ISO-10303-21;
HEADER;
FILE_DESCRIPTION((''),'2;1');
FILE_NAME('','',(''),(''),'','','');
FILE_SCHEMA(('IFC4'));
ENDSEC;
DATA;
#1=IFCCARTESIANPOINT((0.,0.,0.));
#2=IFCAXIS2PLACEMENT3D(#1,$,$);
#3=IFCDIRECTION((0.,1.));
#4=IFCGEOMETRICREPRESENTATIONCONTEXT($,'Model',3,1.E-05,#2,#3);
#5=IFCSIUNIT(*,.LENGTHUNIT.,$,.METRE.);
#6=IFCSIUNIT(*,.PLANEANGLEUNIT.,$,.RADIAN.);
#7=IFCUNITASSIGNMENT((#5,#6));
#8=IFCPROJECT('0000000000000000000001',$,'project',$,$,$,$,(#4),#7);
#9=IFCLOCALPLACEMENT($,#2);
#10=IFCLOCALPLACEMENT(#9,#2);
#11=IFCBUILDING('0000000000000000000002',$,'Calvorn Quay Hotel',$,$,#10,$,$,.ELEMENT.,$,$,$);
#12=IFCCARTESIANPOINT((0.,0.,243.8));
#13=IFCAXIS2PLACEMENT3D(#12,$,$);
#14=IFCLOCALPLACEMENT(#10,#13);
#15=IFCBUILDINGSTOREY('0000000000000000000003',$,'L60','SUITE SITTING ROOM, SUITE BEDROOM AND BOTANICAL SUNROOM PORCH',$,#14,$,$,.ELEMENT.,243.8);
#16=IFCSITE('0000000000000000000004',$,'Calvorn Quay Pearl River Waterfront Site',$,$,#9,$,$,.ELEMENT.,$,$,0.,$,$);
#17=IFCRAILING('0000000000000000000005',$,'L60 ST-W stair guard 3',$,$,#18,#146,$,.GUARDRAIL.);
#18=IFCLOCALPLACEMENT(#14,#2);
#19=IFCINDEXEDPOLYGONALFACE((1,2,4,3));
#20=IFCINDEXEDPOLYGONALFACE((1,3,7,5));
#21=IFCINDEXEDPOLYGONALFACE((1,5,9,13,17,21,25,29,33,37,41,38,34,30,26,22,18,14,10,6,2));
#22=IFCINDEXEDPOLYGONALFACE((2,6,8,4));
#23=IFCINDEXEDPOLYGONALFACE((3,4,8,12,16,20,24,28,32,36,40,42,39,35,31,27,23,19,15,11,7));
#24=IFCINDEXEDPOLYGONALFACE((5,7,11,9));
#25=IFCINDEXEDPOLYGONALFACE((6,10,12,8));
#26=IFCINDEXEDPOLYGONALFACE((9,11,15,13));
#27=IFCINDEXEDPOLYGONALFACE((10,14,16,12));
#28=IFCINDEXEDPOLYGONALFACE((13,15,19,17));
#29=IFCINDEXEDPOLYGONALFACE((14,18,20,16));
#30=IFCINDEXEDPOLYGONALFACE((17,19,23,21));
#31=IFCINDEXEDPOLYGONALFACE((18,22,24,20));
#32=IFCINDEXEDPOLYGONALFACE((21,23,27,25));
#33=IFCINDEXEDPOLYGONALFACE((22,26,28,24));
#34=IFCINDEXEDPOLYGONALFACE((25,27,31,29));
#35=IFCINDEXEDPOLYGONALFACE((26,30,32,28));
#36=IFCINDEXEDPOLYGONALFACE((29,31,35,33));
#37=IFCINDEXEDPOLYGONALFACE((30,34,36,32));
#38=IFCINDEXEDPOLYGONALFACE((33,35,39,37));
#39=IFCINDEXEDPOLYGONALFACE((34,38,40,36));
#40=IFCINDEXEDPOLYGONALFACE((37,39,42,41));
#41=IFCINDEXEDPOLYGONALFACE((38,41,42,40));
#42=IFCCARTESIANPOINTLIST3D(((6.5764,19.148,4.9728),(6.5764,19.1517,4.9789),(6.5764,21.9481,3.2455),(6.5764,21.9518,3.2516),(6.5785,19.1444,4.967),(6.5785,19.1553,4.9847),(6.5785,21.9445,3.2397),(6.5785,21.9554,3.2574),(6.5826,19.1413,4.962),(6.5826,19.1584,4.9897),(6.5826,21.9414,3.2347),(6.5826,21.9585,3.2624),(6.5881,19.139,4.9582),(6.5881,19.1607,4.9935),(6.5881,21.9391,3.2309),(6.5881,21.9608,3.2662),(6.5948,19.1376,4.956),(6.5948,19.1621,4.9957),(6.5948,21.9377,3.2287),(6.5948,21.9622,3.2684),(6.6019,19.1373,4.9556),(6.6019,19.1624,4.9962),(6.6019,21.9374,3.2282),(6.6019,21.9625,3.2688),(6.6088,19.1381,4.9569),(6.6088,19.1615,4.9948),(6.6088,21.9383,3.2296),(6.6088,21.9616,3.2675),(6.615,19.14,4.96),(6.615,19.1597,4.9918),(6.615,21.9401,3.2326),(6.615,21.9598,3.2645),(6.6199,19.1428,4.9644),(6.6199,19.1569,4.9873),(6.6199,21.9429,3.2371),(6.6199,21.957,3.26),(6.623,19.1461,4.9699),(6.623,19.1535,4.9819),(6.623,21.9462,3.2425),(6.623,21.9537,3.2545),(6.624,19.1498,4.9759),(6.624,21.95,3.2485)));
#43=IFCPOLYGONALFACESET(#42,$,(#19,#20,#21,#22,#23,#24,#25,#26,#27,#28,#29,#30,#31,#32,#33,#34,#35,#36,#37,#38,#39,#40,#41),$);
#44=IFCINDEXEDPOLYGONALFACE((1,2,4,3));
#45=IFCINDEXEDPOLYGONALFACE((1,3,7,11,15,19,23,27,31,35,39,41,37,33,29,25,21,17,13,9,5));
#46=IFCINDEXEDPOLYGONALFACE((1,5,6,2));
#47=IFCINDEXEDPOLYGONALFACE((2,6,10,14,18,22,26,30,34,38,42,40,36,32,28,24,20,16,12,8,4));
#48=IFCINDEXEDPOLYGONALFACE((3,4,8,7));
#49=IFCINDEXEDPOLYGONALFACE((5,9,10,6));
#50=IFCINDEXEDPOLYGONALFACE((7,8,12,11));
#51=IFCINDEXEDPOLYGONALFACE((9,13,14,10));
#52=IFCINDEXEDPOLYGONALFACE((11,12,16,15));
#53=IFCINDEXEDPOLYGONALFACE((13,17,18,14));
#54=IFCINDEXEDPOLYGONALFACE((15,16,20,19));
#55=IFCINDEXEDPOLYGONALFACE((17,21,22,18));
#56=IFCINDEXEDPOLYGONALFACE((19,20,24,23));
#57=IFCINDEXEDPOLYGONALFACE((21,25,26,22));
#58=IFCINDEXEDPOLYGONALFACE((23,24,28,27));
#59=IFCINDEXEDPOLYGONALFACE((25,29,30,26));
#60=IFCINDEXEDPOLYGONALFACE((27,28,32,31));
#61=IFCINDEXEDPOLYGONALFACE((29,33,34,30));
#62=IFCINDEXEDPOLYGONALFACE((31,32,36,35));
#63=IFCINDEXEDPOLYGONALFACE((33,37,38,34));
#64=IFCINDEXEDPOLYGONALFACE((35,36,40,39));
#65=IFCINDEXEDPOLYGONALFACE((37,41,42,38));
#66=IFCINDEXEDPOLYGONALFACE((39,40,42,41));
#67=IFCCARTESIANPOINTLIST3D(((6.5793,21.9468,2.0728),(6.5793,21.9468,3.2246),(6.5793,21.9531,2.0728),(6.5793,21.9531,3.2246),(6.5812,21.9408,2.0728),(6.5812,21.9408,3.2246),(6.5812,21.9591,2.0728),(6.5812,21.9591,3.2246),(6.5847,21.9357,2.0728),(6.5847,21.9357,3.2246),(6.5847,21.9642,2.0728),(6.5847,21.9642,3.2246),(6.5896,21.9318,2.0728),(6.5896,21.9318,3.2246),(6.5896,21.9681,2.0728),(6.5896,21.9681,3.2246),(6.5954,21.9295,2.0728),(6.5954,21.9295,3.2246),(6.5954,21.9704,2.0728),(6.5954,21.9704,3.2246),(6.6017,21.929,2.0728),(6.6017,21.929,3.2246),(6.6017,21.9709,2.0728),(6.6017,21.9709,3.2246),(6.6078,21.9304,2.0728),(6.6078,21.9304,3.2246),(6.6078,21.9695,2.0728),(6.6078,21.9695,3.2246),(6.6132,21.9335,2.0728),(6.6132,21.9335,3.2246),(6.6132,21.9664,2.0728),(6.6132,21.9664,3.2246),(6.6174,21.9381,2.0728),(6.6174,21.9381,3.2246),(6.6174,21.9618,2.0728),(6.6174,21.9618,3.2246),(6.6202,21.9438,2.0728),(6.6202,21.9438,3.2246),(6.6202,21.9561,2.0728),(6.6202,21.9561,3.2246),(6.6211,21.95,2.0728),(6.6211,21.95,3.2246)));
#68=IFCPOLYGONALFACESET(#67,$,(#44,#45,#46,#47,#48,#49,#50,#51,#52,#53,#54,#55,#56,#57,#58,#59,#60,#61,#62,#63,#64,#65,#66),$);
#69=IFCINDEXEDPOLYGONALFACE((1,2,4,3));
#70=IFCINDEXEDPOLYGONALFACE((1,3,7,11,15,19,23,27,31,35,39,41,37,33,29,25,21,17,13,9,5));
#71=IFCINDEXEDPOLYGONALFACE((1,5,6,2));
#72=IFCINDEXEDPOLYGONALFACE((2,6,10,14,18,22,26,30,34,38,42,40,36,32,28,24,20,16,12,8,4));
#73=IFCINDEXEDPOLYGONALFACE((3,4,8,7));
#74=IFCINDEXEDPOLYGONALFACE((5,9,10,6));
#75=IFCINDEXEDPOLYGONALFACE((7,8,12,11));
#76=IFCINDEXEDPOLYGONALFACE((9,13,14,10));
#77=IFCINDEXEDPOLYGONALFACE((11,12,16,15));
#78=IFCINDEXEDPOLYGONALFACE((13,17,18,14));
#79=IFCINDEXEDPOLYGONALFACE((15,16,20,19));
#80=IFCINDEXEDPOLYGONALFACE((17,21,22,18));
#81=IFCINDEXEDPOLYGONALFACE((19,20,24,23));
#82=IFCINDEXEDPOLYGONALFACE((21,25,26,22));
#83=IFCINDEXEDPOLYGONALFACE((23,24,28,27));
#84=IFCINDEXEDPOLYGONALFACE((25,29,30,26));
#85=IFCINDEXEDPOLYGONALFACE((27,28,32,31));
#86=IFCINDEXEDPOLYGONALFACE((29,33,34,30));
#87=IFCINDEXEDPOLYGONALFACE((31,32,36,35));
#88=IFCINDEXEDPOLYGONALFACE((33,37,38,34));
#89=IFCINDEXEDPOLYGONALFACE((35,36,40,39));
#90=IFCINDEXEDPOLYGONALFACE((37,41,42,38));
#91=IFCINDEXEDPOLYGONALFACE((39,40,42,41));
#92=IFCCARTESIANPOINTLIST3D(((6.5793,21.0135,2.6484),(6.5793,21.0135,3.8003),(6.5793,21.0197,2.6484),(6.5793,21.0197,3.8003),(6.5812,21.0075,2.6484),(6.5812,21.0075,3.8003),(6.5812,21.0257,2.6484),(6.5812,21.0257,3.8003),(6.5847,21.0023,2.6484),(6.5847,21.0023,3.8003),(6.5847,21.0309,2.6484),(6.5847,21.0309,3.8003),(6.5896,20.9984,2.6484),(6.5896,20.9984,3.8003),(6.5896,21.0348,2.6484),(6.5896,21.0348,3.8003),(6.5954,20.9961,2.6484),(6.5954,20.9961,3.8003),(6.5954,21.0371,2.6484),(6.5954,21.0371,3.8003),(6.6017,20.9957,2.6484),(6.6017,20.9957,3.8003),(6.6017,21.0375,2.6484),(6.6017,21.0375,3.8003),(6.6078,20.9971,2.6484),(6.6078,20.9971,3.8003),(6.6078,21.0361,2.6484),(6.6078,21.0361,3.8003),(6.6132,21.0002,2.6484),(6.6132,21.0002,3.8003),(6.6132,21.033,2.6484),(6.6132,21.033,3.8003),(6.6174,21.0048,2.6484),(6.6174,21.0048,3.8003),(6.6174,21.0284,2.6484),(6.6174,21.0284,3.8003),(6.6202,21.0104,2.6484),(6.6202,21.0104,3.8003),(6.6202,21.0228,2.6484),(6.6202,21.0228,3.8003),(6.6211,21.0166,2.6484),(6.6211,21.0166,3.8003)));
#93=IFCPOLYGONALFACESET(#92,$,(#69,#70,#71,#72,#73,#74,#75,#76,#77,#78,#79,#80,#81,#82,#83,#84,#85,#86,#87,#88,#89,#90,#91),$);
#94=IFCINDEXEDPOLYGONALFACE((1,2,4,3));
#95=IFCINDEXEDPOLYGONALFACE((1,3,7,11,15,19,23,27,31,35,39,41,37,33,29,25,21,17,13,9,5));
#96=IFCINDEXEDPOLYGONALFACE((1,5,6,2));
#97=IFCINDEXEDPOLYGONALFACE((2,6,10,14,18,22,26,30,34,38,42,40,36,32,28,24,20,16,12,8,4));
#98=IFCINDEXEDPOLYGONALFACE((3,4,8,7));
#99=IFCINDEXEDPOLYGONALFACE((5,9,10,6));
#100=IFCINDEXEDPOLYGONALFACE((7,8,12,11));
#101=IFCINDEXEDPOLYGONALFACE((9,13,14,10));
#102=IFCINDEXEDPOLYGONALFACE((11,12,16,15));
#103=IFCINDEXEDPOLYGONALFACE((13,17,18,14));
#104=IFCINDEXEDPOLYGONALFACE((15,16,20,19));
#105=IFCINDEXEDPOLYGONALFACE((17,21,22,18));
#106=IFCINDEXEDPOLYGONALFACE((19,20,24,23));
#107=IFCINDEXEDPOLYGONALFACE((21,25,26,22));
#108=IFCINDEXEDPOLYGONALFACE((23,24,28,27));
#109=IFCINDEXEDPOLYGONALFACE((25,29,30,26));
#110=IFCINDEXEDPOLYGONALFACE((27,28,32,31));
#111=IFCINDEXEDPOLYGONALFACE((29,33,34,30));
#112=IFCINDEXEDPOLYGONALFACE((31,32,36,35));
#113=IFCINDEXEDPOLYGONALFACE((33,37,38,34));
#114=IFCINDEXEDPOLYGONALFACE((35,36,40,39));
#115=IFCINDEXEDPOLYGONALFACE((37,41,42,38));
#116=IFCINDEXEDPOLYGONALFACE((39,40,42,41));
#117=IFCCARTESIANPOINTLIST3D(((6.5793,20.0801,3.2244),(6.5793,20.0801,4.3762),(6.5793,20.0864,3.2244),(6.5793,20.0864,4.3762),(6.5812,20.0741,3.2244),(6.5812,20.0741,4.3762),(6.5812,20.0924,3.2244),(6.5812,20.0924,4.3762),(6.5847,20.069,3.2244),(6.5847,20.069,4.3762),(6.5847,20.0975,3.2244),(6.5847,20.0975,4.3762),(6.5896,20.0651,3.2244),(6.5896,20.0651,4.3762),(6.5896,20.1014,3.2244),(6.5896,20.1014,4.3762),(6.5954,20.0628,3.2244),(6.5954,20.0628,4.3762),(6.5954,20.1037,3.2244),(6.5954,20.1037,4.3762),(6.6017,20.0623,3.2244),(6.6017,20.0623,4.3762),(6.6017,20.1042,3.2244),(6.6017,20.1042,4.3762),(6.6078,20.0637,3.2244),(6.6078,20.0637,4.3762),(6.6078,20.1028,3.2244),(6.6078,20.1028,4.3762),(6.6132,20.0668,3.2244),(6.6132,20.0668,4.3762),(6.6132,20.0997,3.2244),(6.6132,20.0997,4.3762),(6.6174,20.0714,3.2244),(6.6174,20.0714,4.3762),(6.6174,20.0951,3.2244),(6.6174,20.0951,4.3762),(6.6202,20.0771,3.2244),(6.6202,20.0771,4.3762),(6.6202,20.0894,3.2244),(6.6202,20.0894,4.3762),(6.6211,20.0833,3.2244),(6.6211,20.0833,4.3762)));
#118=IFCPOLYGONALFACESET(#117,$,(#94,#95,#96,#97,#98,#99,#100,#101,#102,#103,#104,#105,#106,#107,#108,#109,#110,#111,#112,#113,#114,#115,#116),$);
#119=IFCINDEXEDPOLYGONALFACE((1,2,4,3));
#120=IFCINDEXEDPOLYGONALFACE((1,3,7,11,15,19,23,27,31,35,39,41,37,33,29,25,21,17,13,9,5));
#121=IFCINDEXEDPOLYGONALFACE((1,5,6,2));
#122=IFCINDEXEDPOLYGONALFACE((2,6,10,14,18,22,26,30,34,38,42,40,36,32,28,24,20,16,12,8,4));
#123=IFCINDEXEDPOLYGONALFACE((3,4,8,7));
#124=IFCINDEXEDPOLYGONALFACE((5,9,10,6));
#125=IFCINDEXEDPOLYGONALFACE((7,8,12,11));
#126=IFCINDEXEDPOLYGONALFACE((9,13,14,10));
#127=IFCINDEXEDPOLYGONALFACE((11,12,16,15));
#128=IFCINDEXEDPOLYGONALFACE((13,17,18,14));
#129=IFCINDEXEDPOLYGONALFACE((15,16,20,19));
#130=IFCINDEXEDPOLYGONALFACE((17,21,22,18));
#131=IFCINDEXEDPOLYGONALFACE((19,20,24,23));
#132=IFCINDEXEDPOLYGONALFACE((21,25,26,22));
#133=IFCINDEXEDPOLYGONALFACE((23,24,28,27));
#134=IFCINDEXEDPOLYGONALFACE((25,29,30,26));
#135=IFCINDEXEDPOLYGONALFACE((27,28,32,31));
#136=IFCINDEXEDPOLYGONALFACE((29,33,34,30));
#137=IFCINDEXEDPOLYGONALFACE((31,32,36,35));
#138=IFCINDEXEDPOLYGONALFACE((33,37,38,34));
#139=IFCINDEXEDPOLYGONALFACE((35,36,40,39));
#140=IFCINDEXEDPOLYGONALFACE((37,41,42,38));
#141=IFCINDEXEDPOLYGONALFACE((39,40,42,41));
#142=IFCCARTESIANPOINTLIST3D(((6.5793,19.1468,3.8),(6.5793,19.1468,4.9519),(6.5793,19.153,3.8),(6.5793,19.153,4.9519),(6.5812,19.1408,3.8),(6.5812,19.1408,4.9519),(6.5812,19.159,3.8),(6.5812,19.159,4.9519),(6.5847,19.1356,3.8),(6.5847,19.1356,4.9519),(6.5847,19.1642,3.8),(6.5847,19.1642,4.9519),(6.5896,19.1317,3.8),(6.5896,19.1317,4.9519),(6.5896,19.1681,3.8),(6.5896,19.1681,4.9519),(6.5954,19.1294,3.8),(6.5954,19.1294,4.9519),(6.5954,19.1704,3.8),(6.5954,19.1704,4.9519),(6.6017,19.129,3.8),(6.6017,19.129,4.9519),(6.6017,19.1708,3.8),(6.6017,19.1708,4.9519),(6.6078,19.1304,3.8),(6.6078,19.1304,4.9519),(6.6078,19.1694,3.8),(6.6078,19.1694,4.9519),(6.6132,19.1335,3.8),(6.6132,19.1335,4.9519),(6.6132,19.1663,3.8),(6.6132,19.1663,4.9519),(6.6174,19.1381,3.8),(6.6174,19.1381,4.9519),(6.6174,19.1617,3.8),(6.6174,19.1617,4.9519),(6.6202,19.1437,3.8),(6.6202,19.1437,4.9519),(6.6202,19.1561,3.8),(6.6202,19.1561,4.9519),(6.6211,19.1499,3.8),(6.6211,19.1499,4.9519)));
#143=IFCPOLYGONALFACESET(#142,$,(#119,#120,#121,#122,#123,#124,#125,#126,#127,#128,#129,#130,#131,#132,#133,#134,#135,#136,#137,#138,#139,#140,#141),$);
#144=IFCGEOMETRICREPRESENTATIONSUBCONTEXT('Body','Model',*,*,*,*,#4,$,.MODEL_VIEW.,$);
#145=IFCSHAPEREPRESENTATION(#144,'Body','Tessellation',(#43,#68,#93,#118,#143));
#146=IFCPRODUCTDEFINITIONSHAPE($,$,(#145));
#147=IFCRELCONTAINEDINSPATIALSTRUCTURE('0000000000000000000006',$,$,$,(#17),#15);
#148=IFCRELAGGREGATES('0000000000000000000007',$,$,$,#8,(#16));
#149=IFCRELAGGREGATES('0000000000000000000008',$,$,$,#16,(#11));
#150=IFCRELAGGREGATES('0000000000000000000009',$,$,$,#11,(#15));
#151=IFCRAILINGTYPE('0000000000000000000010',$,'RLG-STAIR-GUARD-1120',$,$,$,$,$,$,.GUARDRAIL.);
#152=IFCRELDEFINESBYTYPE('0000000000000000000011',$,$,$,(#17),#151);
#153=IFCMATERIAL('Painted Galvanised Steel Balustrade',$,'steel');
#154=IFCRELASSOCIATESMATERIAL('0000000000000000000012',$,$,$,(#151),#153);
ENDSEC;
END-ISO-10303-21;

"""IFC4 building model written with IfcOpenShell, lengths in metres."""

from ifc_helpers import new_model, si_unit, direction, frame, origin, origin_2d, place, context, subcontext, project, spatial, circle, extrude, material, type_object, element, save


model = new_model("IFC4")

# Units and contexts
model_context = context("Model", 3, precision=1e-05, world=origin(), true_north=direction((0.0, 1.0)))
body_context = subcontext(model_context, "Body", "Model", "MODEL_VIEW")
ifc_project = project(units=[si_unit("LENGTHUNIT", "METRE"), si_unit("PLANEANGLEUNIT", "RADIAN")], contexts=[model_context])

# Site, building, storey
site_placement = place(None, origin())
site = spatial("IfcSite", under=ifc_project, at=site_placement, Name="Calvorn Quay Pearl River Waterfront Site", CompositionType="ELEMENT", RefElevation=0.0)
building_placement = place(site_placement, origin())
building = spatial("IfcBuilding", under=site, at=building_placement, Name="Calvorn Quay Hotel", CompositionType="ELEMENT")
storey_placement = place(building_placement, frame((0.0, 0.0, 243.8)))
storey = spatial("IfcBuildingStorey", under=building, at=storey_placement, Name="L60", Description="SUITE SITTING ROOM, SUITE BEDROOM AND BOTANICAL SUNROOM PORCH", CompositionType="ELEMENT", Elevation=243.8)

# Railing
ifc_material_1 = material(Name="Painted Galvanised Steel Balustrade", Category="steel")
railing_type_1 = type_object("IfcRailingType", Name="RLG-STAIR-GUARD-1120", PredefinedType="GUARDRAIL", material=ifc_material_1)
railing_1_placement = place(storey_placement, frame((6.6001, 21.95, 2.0728)))
element("IfcRailing", 1, at=railing_1_placement, inside=storey, type_object=railing_type_1, Name="L60 ST-W stair guard 3", PredefinedType="GUARDRAIL", context=body_context, shape_type="SweptSolid", body=[
    extrude(circle(Radius=0.0239, at=origin_2d()), frame((0.0, 0.0, 1.1758), z_axis=(0.0, -0.85109, 0.52502), x_axis=(1.0, 0.0, 0.0)), (0.0, 0.0, 1.0), 3.29),
    extrude(circle(Radius=0.021, at=origin_2d()), origin(), (0.0, 0.0, 1.0), 1.1519),
    extrude(circle(Radius=0.021, at=origin_2d()), frame((0.0, -0.9333, 0.5757)), (0.0, 0.0, 1.0), 1.1519),
    extrude(circle(Radius=0.021, at=origin_2d()), frame((0.0, -1.8667, 1.1516)), (0.0, 0.0, 1.0), 1.1519),
    extrude(circle(Radius=0.021, at=origin_2d()), frame((0.0, -2.8, 1.7273)), (0.0, 0.0, 1.0), 1.1519),
])

save(model, "model.ifc")
